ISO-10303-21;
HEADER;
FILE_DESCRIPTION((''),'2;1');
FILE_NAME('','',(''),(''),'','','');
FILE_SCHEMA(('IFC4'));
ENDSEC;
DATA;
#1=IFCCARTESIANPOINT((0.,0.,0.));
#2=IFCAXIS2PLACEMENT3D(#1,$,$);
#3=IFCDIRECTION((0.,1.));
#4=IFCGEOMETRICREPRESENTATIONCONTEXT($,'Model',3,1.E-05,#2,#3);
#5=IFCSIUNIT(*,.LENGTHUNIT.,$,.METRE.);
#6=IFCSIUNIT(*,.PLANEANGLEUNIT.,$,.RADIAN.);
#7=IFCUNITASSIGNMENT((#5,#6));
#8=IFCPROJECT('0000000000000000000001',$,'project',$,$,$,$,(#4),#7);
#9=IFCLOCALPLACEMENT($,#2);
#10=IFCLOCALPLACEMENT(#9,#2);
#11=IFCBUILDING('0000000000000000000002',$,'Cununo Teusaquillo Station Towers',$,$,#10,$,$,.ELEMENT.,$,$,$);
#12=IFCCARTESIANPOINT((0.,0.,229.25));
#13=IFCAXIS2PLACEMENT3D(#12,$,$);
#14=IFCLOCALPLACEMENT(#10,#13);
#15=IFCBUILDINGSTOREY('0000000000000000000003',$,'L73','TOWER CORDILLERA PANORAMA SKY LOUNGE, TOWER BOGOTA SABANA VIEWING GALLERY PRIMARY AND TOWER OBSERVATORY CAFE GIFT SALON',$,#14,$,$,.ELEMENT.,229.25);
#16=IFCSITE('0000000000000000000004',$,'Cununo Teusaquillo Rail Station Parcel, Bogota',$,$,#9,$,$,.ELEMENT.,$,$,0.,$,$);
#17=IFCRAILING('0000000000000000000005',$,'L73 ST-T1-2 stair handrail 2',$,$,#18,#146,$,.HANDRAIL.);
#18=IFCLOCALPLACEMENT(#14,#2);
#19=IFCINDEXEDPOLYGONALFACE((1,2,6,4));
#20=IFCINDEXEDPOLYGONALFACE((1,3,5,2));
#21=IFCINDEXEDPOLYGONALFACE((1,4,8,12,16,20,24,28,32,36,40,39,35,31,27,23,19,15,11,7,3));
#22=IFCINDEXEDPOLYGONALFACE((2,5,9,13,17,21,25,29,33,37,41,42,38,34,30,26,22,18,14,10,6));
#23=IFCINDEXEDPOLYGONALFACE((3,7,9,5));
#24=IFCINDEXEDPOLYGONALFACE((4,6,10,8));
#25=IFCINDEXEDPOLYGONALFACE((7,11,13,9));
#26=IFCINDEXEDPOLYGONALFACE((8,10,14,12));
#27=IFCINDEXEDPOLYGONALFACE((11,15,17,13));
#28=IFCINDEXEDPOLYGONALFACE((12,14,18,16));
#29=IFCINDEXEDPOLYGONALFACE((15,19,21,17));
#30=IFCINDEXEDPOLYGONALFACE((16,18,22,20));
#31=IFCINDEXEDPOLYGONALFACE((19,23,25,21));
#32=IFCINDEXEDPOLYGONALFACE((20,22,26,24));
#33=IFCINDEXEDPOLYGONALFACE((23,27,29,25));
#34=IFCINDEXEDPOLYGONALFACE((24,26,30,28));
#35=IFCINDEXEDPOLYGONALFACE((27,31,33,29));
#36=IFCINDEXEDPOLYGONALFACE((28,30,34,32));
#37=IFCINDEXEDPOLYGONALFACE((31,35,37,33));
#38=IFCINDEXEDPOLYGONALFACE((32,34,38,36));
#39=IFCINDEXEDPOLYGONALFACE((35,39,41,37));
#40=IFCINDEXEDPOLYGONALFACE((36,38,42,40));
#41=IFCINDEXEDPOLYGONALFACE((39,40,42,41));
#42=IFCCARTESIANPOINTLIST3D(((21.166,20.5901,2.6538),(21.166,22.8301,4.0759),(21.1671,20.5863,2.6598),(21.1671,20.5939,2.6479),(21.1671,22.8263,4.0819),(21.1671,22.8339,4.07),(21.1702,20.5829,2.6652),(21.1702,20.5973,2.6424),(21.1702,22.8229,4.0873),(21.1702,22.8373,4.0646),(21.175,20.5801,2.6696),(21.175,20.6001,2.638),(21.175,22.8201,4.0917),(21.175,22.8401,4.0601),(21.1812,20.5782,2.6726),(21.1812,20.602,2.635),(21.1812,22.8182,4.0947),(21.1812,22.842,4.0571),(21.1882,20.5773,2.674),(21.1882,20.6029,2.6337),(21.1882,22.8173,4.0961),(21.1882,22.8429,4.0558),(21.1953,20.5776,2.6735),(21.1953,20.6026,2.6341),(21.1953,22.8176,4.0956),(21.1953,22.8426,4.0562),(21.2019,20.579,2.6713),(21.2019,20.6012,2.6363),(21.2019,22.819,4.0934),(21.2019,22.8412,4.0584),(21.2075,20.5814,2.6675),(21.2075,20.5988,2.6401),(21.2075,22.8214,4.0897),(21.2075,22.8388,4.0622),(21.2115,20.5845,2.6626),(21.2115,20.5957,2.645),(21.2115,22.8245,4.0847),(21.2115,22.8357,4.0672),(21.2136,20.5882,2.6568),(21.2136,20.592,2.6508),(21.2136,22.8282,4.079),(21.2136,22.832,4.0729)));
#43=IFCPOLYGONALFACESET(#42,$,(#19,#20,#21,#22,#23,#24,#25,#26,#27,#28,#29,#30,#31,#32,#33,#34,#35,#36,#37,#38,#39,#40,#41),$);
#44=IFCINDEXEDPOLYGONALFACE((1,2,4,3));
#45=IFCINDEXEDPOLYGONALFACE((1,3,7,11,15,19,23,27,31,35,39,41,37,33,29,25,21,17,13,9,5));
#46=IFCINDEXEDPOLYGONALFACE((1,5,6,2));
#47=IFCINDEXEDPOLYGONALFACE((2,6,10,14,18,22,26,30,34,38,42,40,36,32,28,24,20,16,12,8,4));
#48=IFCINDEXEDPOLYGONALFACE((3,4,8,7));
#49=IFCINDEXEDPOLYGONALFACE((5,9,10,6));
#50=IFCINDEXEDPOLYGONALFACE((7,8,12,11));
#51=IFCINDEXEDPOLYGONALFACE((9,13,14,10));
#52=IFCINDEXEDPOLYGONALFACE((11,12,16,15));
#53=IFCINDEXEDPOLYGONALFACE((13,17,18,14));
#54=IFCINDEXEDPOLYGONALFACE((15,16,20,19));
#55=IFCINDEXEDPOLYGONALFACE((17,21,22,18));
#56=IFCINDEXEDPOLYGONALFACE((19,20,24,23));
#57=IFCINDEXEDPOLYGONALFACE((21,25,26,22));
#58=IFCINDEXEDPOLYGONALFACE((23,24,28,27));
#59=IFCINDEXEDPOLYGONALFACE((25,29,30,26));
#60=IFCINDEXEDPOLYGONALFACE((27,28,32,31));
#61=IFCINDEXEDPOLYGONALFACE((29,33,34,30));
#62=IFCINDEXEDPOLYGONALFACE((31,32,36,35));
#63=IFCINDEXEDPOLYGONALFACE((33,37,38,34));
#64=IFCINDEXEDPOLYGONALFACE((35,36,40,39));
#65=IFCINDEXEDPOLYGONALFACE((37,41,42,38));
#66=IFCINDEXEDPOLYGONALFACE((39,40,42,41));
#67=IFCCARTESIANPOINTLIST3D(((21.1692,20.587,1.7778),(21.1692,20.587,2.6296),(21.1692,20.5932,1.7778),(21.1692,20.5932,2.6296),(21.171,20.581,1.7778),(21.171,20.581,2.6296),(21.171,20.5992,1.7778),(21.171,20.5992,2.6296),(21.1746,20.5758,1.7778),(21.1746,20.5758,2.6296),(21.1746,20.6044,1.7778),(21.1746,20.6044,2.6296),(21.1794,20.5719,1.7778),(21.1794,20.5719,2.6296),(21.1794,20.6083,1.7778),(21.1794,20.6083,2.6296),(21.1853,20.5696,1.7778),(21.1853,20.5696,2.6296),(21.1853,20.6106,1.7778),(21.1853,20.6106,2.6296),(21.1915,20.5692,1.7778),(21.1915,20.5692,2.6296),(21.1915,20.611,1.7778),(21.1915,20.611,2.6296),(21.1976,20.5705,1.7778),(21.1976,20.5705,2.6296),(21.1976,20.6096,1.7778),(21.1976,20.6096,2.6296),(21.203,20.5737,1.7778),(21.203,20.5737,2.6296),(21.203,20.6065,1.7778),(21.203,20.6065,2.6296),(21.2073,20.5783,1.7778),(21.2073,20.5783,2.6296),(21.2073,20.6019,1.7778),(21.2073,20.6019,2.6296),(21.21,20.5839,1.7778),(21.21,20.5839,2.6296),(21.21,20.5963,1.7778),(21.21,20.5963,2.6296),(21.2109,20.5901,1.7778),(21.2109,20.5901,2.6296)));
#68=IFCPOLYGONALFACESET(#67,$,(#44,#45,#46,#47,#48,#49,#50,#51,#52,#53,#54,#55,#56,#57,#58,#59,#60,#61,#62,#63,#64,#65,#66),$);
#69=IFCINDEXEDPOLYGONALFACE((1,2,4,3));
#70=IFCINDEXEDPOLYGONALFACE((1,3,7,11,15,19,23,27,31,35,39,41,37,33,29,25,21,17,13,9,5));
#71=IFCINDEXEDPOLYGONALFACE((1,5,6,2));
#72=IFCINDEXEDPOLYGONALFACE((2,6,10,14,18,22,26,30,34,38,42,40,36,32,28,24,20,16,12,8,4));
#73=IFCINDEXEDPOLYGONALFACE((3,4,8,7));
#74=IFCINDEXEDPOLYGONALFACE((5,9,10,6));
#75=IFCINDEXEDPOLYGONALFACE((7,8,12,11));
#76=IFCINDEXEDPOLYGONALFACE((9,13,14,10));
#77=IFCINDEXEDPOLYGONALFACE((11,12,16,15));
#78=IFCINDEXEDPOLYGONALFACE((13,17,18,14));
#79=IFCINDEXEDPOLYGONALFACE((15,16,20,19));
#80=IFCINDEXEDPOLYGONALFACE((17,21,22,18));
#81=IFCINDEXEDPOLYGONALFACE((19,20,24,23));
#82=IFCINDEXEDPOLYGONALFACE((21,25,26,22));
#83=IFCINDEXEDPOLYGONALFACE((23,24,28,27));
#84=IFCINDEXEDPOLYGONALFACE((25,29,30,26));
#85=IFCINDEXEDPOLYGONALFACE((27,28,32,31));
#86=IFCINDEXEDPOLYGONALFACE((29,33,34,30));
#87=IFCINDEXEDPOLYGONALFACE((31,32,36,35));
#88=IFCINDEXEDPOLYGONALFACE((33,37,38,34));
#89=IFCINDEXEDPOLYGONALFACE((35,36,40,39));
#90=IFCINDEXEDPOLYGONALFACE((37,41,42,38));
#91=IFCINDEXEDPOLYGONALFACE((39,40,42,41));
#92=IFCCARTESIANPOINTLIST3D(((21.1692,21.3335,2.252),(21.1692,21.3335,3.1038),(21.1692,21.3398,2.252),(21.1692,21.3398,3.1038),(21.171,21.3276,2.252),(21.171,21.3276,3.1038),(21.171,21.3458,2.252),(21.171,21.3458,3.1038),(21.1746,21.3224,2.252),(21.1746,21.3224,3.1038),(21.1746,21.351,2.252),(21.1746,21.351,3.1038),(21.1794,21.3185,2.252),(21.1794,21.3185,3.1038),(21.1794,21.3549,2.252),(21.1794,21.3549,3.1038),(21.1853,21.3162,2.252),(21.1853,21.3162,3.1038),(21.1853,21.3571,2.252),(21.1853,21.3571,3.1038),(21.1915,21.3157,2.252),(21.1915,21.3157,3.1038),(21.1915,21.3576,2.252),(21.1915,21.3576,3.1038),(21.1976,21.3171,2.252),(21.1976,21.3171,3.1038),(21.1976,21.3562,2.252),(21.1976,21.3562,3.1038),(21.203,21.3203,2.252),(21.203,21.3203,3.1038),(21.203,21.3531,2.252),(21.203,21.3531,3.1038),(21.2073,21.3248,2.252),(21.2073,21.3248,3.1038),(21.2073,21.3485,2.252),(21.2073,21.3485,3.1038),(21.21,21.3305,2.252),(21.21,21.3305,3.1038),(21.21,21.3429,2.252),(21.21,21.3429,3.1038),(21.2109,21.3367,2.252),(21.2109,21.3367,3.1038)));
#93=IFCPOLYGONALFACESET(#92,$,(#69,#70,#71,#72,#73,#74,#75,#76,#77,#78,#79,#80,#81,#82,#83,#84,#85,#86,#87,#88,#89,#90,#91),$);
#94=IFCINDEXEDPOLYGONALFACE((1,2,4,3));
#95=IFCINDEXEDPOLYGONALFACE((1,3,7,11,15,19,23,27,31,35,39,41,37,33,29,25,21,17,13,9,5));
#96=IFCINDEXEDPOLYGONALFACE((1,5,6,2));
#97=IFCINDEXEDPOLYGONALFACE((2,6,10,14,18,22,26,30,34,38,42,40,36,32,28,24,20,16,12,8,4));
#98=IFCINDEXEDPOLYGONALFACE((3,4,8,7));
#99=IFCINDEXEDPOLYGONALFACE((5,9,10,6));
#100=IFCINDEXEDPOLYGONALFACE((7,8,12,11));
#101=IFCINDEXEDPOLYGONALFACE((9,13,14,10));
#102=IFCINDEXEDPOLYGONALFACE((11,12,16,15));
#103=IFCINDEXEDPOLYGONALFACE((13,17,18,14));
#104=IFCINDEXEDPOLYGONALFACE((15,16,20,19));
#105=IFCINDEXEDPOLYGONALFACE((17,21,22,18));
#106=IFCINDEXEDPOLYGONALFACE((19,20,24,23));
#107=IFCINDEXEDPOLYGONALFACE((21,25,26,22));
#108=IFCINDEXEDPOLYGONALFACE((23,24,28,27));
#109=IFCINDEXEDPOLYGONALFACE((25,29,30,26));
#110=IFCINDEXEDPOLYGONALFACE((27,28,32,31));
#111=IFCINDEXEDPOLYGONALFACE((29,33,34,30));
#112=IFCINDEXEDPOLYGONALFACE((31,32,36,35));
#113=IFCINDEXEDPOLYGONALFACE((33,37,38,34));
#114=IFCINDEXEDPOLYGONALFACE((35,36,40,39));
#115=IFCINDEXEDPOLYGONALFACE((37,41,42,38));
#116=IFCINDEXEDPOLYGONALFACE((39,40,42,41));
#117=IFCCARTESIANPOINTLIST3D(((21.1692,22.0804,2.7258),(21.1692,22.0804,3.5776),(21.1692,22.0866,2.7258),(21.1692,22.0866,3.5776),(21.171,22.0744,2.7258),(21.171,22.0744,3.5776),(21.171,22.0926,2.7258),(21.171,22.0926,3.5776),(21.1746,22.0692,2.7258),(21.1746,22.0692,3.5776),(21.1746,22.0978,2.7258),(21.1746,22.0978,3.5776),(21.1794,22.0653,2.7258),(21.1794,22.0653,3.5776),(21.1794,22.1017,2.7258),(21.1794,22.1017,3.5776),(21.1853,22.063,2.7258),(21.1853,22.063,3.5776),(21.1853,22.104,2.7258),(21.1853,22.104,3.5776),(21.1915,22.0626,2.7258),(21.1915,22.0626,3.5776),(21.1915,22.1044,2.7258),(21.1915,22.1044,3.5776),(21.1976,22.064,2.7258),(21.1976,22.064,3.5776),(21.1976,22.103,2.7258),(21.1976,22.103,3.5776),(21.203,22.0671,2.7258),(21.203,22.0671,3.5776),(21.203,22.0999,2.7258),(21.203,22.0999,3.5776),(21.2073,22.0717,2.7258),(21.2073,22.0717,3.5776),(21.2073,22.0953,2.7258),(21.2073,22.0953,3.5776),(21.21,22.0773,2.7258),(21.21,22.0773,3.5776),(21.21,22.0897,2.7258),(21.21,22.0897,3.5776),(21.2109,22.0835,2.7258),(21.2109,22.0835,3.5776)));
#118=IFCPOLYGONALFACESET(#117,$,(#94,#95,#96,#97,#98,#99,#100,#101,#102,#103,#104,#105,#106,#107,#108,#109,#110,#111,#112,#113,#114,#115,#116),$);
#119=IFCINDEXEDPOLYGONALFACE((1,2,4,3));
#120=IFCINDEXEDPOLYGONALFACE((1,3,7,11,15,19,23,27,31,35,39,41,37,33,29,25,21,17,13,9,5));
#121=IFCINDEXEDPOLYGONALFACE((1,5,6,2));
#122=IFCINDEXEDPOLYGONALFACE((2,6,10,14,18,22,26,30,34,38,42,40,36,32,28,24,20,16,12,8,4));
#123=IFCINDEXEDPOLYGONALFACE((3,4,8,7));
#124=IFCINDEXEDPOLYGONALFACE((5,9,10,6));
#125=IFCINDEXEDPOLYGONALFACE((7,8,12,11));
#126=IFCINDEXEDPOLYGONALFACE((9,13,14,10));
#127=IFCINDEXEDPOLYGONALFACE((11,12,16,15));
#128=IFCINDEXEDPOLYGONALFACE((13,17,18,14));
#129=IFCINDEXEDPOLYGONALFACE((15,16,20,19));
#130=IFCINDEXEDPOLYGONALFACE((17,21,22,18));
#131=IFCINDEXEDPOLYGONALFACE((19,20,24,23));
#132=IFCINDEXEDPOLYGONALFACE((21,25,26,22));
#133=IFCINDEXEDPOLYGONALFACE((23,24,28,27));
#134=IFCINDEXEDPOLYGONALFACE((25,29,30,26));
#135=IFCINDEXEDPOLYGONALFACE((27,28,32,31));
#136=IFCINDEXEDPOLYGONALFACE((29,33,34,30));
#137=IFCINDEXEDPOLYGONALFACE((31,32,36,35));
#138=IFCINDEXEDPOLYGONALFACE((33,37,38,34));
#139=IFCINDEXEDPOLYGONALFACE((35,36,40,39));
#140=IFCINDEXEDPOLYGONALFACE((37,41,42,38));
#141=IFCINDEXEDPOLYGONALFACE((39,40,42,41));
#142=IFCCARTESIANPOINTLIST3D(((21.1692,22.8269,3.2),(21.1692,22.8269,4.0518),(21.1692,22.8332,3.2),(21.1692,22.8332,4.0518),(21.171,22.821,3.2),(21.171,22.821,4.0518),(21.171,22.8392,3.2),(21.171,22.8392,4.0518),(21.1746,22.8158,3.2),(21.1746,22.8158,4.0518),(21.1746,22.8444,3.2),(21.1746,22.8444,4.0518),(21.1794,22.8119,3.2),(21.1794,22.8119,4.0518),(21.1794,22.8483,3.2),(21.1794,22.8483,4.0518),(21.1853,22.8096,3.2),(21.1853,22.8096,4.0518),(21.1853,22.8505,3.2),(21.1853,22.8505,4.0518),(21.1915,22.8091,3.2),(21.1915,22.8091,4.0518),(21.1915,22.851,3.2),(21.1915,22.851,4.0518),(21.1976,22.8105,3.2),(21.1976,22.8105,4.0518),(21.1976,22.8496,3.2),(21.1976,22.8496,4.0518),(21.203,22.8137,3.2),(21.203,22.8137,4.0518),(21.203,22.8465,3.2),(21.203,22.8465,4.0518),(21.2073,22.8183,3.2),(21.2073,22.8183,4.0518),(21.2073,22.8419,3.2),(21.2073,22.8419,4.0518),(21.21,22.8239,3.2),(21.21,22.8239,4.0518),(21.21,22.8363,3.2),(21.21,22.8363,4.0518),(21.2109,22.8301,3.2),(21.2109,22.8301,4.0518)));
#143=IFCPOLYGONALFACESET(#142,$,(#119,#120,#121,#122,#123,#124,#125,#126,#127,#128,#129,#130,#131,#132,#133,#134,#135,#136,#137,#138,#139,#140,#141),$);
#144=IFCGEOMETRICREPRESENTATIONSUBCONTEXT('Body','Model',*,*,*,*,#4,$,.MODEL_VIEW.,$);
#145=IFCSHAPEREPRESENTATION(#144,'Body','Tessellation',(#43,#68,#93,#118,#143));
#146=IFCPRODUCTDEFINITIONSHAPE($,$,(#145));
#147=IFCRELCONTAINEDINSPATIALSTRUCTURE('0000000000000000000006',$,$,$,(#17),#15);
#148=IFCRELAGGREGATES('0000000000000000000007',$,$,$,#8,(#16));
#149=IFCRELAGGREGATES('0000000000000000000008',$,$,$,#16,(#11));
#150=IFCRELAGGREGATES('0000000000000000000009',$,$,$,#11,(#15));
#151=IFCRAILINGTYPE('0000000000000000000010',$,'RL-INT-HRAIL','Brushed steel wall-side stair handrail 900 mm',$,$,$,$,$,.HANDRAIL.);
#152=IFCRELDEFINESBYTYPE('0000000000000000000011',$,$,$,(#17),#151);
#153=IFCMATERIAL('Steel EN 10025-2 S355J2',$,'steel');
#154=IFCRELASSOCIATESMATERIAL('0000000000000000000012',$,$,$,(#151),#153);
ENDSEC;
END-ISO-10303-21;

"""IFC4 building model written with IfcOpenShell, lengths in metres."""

from ifc_helpers import new_model, si_unit, direction, frame, origin, origin_2d, place, context, subcontext, project, spatial, circle, extrude, material, type_object, element, save


model = new_model("IFC4")

# Units and contexts
model_context = context("Model", 3, precision=1e-05, world=origin(), true_north=direction((0.0, 1.0)))
body_context = subcontext(model_context, "Body", "Model", "MODEL_VIEW")
ifc_project = project(units=[si_unit("LENGTHUNIT", "METRE"), si_unit("PLANEANGLEUNIT", "RADIAN")], contexts=[model_context])

# Site, building, storey
site_placement = place(None, origin())
site = spatial("IfcSite", under=ifc_project, at=site_placement, Name="Cununo Teusaquillo Rail Station Parcel, Bogota", CompositionType="ELEMENT", RefElevation=0.0)
building_placement = place(site_placement, origin())
building = spatial("IfcBuilding", under=site, at=building_placement, Name="Cununo Teusaquillo Station Towers", CompositionType="ELEMENT")
storey_placement = place(building_placement, frame((0.0, 0.0, 229.25)))
storey = spatial("IfcBuildingStorey", under=building, at=storey_placement, Name="L73", Description="TOWER CORDILLERA PANORAMA SKY LOUNGE, TOWER BOGOTA SABANA VIEWING GALLERY PRIMARY AND TOWER OBSERVATORY CAFE GIFT SALON", CompositionType="ELEMENT", Elevation=229.25)

# Railing
ifc_material_1 = material(Name="Steel EN 10025-2 S355J2", Category="steel")
railing_type_1 = type_object("IfcRailingType", Name="RL-INT-HRAIL", Description="Brushed steel wall-side stair handrail 900 mm", PredefinedType="HANDRAIL", material=ifc_material_1)
railing_1_placement = place(storey_placement, frame((21.1899, 20.5901, 1.7778)))
element("IfcRailing", 1, at=railing_1_placement, inside=storey, type_object=railing_type_1, Name="L73 ST-T1-2 stair handrail 2", PredefinedType="HANDRAIL", context=body_context, shape_type="SweptSolid", body=[
    extrude(circle(Radius=0.0239, at=origin_2d()), frame((0.0, 0.0, 0.876), z_axis=(0.0, 0.844229, 0.535982), x_axis=(-1.0, 0.0, 0.0)), (0.0, 0.0, 1.0), 2.6533),
    extrude(circle(Radius=0.021, at=origin_2d()), origin(), (0.0, 0.0, 1.0), 0.8518),
    extrude(circle(Radius=0.021, at=origin_2d()), frame((0.0, 0.7466, 0.4741)), (0.0, 0.0, 1.0), 0.8518),
    extrude(circle(Radius=0.021, at=origin_2d()), frame((0.0, 1.4934, 0.948)), (0.0, 0.0, 1.0), 0.8518),
    extrude(circle(Radius=0.021, at=origin_2d()), frame((0.0, 2.24, 1.4221)), (0.0, 0.0, 1.0), 0.8518),
])

save(model, "model.ifc")
